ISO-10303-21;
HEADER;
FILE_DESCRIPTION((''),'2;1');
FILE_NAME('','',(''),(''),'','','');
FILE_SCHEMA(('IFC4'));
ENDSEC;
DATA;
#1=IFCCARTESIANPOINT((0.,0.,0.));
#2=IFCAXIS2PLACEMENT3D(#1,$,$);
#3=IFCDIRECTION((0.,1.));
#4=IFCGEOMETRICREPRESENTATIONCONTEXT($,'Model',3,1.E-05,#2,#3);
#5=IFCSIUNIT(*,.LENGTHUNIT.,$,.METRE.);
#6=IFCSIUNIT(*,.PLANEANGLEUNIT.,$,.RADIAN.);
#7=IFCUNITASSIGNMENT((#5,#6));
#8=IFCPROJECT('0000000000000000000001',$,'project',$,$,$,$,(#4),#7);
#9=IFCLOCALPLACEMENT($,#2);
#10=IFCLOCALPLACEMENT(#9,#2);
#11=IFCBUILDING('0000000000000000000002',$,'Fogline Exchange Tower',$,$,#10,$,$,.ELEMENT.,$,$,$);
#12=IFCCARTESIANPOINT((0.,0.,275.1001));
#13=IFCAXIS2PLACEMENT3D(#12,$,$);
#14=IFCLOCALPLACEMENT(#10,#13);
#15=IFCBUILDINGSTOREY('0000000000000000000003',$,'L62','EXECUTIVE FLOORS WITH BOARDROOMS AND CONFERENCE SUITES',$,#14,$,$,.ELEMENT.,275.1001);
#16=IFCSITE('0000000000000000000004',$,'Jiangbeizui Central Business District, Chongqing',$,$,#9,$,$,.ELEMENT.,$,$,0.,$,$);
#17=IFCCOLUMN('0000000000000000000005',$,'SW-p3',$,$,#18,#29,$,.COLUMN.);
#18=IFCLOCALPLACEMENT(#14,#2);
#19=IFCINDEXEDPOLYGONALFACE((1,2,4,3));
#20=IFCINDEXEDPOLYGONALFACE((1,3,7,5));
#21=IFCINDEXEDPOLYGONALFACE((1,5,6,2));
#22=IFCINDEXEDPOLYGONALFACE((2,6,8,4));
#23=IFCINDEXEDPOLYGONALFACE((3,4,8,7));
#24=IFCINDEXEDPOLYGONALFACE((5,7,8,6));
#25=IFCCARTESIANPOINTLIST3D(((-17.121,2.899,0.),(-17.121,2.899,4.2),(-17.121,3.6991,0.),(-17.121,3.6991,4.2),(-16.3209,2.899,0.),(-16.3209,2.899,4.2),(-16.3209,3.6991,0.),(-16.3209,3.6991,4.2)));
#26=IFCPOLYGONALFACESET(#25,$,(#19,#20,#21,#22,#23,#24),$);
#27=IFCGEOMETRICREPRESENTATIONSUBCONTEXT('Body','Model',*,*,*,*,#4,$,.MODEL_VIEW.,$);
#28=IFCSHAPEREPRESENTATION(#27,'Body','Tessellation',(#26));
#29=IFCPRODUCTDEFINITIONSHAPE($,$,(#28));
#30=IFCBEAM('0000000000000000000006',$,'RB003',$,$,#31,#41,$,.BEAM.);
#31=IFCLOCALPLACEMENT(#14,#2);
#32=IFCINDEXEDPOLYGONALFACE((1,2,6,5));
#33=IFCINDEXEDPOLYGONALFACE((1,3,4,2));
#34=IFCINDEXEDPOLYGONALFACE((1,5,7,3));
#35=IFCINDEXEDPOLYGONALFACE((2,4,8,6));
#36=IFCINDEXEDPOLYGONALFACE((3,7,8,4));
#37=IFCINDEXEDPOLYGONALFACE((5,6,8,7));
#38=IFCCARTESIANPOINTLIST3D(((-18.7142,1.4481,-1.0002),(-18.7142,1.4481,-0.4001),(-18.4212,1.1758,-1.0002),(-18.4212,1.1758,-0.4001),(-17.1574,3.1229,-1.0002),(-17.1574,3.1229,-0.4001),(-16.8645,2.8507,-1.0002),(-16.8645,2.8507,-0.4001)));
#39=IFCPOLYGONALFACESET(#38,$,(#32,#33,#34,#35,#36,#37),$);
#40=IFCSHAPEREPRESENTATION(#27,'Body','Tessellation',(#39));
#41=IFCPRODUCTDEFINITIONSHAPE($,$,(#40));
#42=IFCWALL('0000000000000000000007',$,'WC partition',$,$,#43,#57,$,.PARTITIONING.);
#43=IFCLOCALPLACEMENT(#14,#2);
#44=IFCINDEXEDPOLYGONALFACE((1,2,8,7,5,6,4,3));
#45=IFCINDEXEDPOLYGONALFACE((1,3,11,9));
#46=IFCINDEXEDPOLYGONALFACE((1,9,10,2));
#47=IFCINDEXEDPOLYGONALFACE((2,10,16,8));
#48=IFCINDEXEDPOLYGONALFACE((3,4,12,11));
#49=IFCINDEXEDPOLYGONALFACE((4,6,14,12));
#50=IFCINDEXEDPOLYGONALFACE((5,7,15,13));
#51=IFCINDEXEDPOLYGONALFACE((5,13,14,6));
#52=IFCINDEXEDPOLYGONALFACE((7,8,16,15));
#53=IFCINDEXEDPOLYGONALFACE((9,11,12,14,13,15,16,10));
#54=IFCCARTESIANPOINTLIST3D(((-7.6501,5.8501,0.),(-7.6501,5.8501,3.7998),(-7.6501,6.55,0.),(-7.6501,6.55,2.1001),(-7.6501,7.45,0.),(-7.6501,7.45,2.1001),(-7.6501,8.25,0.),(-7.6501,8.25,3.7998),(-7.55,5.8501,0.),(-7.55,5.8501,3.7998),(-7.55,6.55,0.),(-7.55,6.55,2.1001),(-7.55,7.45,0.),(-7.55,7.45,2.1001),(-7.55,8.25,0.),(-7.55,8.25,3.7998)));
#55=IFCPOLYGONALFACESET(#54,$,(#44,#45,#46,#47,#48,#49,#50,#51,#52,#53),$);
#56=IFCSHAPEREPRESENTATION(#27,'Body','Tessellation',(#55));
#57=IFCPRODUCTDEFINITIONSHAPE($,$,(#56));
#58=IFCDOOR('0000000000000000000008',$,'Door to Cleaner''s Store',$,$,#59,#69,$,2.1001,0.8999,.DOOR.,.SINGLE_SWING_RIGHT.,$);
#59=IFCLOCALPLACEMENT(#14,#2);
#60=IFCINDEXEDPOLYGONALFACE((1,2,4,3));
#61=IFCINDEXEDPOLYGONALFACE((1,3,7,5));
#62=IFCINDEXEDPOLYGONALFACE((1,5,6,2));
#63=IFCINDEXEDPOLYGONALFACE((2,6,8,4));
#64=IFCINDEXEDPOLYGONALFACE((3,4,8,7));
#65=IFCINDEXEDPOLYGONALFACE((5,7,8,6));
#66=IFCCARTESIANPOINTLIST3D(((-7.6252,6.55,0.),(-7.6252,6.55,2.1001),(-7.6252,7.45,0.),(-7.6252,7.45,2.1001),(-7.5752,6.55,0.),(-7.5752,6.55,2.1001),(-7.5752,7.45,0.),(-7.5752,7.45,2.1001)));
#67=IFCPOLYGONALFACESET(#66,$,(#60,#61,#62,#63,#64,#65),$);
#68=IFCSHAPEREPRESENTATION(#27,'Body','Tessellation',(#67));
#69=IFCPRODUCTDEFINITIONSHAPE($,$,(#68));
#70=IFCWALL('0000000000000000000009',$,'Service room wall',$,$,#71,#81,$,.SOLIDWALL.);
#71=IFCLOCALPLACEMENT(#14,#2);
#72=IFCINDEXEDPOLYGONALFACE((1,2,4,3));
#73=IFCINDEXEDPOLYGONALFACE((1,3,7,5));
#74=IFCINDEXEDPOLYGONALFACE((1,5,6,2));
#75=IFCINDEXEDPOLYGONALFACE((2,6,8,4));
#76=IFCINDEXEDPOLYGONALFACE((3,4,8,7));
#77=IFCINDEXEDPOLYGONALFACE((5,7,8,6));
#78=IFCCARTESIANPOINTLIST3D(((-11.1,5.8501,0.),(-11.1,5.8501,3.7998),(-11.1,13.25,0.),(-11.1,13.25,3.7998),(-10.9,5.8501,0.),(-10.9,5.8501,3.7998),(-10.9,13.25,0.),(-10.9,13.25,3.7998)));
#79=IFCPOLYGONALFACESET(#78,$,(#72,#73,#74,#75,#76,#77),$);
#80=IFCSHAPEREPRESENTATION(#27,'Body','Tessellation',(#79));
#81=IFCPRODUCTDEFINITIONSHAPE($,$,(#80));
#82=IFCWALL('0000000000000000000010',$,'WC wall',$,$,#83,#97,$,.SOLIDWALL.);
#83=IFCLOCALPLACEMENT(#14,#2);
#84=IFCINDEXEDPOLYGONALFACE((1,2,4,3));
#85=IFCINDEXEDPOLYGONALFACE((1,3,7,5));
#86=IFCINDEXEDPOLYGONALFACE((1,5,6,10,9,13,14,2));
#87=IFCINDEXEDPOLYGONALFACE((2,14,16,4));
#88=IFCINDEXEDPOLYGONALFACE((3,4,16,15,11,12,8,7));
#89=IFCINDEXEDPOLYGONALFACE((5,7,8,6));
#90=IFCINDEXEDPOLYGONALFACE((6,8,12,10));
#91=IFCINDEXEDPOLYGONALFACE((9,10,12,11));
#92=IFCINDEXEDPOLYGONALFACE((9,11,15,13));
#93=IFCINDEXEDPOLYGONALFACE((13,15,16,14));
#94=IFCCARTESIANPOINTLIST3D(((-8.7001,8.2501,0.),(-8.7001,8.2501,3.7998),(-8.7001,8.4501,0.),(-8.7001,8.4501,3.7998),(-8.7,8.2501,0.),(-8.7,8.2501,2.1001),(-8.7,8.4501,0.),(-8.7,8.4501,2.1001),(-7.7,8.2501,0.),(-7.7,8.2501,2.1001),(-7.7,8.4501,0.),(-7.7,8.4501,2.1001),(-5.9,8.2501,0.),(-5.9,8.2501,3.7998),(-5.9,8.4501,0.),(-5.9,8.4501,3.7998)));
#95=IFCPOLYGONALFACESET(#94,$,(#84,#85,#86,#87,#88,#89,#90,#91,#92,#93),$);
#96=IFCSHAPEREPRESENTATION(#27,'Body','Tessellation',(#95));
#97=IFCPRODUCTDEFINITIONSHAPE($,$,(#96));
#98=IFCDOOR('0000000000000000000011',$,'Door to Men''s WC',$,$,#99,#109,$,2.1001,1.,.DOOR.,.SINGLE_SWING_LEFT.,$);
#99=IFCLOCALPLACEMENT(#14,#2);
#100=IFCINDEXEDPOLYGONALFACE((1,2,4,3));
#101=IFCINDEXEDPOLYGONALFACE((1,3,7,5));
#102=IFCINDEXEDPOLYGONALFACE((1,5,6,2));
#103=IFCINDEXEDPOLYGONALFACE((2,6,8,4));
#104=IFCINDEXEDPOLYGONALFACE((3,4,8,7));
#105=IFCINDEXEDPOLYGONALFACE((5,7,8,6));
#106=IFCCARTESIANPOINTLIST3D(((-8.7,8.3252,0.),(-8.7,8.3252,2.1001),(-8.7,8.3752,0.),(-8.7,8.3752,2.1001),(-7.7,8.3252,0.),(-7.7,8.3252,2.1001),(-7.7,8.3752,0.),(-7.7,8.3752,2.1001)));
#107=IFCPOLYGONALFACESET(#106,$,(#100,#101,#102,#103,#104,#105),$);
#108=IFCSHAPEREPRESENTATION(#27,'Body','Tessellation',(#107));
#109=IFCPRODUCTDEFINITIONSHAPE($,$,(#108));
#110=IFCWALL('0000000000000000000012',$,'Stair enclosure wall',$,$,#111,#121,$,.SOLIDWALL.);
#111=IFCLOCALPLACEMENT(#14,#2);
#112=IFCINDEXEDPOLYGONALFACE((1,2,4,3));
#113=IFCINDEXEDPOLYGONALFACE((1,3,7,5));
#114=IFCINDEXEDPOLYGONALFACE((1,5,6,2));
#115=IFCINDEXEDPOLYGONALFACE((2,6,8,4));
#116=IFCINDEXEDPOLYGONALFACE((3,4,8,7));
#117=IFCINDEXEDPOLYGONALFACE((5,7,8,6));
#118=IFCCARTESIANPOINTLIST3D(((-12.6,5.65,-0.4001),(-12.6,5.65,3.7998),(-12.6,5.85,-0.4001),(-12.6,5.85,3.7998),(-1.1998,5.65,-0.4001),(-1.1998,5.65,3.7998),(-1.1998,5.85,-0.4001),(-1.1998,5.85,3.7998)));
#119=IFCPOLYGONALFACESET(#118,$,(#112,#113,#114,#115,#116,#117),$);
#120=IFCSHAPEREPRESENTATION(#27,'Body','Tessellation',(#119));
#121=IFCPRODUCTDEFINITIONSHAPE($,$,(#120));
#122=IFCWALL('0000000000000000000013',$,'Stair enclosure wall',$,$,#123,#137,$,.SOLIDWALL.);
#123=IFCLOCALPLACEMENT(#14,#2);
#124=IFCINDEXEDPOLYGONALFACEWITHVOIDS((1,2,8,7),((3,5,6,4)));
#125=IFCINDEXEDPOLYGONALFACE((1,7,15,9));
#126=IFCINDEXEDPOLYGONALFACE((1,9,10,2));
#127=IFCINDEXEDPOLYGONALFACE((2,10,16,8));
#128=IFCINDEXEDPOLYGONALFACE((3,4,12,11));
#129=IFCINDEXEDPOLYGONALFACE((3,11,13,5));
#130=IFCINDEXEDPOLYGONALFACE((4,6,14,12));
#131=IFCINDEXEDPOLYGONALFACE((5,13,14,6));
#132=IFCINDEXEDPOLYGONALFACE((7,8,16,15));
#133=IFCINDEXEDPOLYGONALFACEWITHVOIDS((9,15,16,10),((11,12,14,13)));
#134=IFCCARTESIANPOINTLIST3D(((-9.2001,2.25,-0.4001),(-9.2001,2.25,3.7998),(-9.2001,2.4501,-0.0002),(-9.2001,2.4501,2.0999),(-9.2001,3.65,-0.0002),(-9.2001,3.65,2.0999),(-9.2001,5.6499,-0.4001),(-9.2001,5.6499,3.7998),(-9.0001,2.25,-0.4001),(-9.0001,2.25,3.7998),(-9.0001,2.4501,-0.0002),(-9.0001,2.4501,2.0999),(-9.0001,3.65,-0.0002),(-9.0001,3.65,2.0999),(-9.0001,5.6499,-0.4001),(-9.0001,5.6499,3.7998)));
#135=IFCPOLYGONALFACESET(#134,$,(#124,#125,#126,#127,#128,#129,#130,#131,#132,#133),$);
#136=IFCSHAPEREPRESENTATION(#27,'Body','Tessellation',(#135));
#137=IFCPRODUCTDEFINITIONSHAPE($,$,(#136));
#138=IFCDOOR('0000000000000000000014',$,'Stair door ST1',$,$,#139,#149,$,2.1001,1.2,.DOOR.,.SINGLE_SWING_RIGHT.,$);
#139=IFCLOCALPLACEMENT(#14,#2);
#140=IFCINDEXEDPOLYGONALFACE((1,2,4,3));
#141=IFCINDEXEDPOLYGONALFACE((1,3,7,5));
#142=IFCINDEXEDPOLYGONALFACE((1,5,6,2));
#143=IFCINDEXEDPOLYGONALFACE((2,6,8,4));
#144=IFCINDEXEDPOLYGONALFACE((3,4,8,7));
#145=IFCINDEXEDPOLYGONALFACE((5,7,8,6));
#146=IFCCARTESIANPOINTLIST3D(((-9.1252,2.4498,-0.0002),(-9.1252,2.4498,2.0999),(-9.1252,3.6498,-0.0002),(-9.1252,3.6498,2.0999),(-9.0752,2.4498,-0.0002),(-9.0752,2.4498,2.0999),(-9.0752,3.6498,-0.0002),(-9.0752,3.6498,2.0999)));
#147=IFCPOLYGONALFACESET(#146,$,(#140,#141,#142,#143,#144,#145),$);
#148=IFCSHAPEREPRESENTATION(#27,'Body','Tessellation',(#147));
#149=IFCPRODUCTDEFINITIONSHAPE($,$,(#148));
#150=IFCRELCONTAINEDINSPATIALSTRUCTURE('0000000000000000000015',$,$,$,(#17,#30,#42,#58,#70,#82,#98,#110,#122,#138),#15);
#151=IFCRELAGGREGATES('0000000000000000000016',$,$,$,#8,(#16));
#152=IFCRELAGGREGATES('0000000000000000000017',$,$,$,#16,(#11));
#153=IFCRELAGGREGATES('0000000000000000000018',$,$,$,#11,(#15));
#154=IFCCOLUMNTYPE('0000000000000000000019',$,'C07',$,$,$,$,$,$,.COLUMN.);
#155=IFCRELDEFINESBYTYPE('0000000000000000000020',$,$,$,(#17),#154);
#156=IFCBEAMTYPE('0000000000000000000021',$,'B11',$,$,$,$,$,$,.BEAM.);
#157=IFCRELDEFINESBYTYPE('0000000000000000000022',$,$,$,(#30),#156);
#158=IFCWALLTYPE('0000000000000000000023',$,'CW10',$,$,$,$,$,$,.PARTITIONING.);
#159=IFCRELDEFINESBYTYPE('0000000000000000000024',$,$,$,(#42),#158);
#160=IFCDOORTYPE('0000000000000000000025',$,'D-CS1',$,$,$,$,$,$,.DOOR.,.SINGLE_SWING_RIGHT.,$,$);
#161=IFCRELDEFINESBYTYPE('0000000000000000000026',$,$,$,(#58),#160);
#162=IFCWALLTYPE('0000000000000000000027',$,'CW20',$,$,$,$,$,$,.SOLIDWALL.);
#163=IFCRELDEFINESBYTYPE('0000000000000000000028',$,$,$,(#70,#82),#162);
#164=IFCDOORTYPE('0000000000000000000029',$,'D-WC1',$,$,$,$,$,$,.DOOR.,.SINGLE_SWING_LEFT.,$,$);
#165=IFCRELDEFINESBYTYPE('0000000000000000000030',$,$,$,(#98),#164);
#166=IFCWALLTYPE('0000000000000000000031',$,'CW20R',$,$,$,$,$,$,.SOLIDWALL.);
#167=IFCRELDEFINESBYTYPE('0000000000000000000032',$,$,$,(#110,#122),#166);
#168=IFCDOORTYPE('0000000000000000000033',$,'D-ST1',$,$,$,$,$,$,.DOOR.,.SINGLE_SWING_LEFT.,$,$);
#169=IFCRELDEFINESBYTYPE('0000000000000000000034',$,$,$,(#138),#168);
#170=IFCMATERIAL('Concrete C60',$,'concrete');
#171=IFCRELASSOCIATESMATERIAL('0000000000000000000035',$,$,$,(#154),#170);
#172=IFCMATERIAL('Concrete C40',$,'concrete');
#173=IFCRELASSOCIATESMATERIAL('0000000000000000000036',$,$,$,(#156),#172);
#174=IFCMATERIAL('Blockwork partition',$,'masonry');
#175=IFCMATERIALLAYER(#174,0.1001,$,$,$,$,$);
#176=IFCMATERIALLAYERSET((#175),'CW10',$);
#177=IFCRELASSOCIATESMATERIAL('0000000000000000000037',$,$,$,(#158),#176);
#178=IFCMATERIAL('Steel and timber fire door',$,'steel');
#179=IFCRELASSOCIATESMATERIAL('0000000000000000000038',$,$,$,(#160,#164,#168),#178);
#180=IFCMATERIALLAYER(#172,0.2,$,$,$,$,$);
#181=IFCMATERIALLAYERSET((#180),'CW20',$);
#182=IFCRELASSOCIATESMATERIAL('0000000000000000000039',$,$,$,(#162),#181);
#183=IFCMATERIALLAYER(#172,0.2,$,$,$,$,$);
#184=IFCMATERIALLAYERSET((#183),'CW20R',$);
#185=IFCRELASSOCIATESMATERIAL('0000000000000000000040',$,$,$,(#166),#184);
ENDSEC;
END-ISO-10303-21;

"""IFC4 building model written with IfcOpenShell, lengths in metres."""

from ifc_helpers import new_model, si_unit, direction, frame, frame_2d, origin, origin_2d, place, context, subcontext, project, spatial, rectangle, extrude, material, layer, layer_set, material_profile, profile_set, type_object, element, fill, save


model = new_model("IFC4")

# Units and contexts
model_context = context("Model", 3, precision=1e-05, world=origin(), true_north=direction((0.0, 1.0)))
body_context = subcontext(model_context, "Body", "Model", "MODEL_VIEW")
ifc_project = project(units=[si_unit("LENGTHUNIT", "METRE"), si_unit("PLANEANGLEUNIT", "RADIAN")], contexts=[model_context])

# Site, building, storey
site_placement = place(None, origin())
site = spatial("IfcSite", under=ifc_project, at=site_placement, Name="Jiangbeizui Central Business District, Chongqing", CompositionType="ELEMENT", RefElevation=0.0)
building_placement = place(site_placement, origin())
building = spatial("IfcBuilding", under=site, at=building_placement, Name="Fogline Exchange Tower", CompositionType="ELEMENT")
storey_placement = place(building_placement, frame((0.0, 0.0, 275.1001)))
storey = spatial("IfcBuildingStorey", under=building, at=storey_placement, Name="L62", Description="EXECUTIVE FLOORS WITH BOARDROOMS AND CONFERENCE SUITES", CompositionType="ELEMENT", Elevation=275.1001)

# Column
ifc_material_1 = material(Name="Concrete C60", Category="concrete")
ifc_material_profile_1 = material_profile(ifc_material_1, rectangle(XDim=0.8, YDim=0.8, at=origin_2d()), Name="RC 800x800")
ifc_profile_set_1 = profile_set([ifc_material_profile_1], Name="Concrete C60")
column_type = type_object("IfcColumnType", Name="C07", PredefinedType="COLUMN", material=ifc_profile_set_1)
column_placement = place(storey_placement, frame((-16.7209, 3.2991, 0.0), z_axis=(0.0, 0.0, 1.0), x_axis=(1.0, 0.0, 0.0)))
element("IfcColumn", 1, at=column_placement, inside=storey, type_object=column_type, Name="SW-p3", PredefinedType="COLUMN", context=body_context, shape_type="SweptSolid", body=[
    extrude(rectangle(XDim=0.8, YDim=0.8, at=origin_2d()), origin(), (0.0, 0.0, 1.0), 4.2),
])

# Beam
ifc_material_2 = material(Name="Concrete C40", Category="concrete")
ifc_material_profile_2 = material_profile(ifc_material_2, rectangle(XDim=0.3999, YDim=0.6001, at=origin_2d()), Name="RC 400x600")
ifc_profile_set_2 = profile_set([ifc_material_profile_2], Name="Concrete C40")
beam_type = type_object("IfcBeamType", Name="B11", PredefinedType="BEAM", material=ifc_profile_set_2)
beam_placement = place(storey_placement, frame((-17.011, 2.9868, -0.7002), z_axis=(-0.680795, -0.732474, 0.0), x_axis=(0.732474, -0.680795, 0.0)))
element("IfcBeam", 2, at=beam_placement, inside=storey, type_object=beam_type, Name="RB003", PredefinedType="BEAM", context=body_context, shape_type="SweptSolid", body=[
    extrude(rectangle(XDim=0.3999, YDim=0.6001, at=origin_2d()), origin(), (0.0, 0.0, 1.0), 2.2866),
])

# Wall, opening, door
ifc_material_3 = material(Name="Blockwork partition", Category="masonry")
ifc_layer_1 = layer(ifc_material_3, 0.1001)
ifc_layer_set_1 = layer_set([ifc_layer_1], Name="CW10")
wall_type_1 = type_object("IfcWallType", Name="CW10", PredefinedType="PARTITIONING", material=ifc_layer_set_1)
wall_1_placement = place(storey_placement, frame((-7.6001, 5.8501, 0.0), z_axis=(0.0, 0.0, 1.0), x_axis=(0.0, 1.0, 0.0)))
wall_1 = element("IfcWall", 3, at=wall_1_placement, inside=storey, type_object=wall_type_1, Name="WC partition", PredefinedType="PARTITIONING", context=body_context, shape_type="SweptSolid", body=[
    extrude(rectangle(XDim=2.3999, YDim=0.1001, at=frame_2d((1.2, 0.0))), origin(), (0.0, 0.0, 1.0), 3.7998),
])
opening_1_placement = place(wall_1_placement, frame((0.7, 0.0, 0.0)))
opening_1 = element("IfcOpeningElement", 4, at=opening_1_placement, cuts=wall_1, PredefinedType="OPENING", context=body_context, shape_type="SweptSolid", body=[
    extrude(rectangle(XDim=0.8999, YDim=2.1001, at=frame_2d((0.45, 1.05))), frame((0.0, 0.0601, 0.0), z_axis=(0.0, -1.0, 0.0), x_axis=(1.0, 0.0, 0.0)), (0.0, 0.0, 1.0), 0.1201),
])
ifc_material_4 = material(Name="Steel and timber fire door", Category="steel")
door_type_1 = type_object("IfcDoorType", Name="D-CS1", OperationType="SINGLE_SWING_RIGHT", PredefinedType="DOOR", material=ifc_material_4)
door_1_placement = place(opening_1_placement, frame((0.8999, 0.0, 0.0), z_axis=(0.0, 0.0, 1.0), x_axis=(-1.0, 0.0, 0.0)))
door_1 = element("IfcDoor", 5, at=door_1_placement, inside=storey, type_object=door_type_1, Name="Door to Cleaner's Store", OperationType="SINGLE_SWING_RIGHT", OverallHeight=2.1001, OverallWidth=0.8999, PredefinedType="DOOR", context=body_context, shape_type="SweptSolid", body=[
    extrude(rectangle(XDim=0.8999, YDim=2.1001, at=frame_2d((0.45, 1.05))), frame((0.0, 0.0249, 0.0), z_axis=(0.0, -1.0, 0.0), x_axis=(1.0, 0.0, 0.0)), (0.0, 0.0, 1.0), 0.05),
])
fill(opening_1, door_1)

# Wall
ifc_layer_2 = layer(ifc_material_2, 0.2)
ifc_layer_set_2 = layer_set([ifc_layer_2], Name="CW20")
wall_type_2 = type_object("IfcWallType", Name="CW20", PredefinedType="SOLIDWALL", material=ifc_layer_set_2)
wall_2_placement = place(storey_placement, frame((-11.0, 5.8501, 0.0), z_axis=(0.0, 0.0, 1.0), x_axis=(0.0, 1.0, 0.0)))
element("IfcWall", 6, at=wall_2_placement, inside=storey, type_object=wall_type_2, Name="Service room wall", PredefinedType="SOLIDWALL", context=body_context, shape_type="SweptSolid", body=[
    extrude(rectangle(XDim=7.3999, YDim=0.2, at=frame_2d((3.7, 0.0))), origin(), (0.0, 0.0, 1.0), 3.7998),
])

# Wall, opening, door
wall_3_placement = place(storey_placement, frame((-8.7, 8.3501, 0.0), z_axis=(0.0, 0.0, 1.0), x_axis=(1.0, 0.0, 0.0)))
wall_3 = element("IfcWall", 7, at=wall_3_placement, inside=storey, type_object=wall_type_2, Name="WC wall", PredefinedType="SOLIDWALL", context=body_context, shape_type="SweptSolid", body=[
    extrude(rectangle(XDim=2.8, YDim=0.2, at=frame_2d((1.3999, 0.0))), origin(), (0.0, 0.0, 1.0), 3.7998),
])
opening_2_placement = place(wall_3_placement, origin())
opening_2 = element("IfcOpeningElement", 8, at=opening_2_placement, cuts=wall_3, PredefinedType="OPENING", context=body_context, shape_type="SweptSolid", body=[
    extrude(rectangle(XDim=1.0, YDim=2.1001, at=frame_2d((0.5, 1.05))), frame((0.0, 0.1099, 0.0), z_axis=(0.0, -1.0, 0.0), x_axis=(1.0, 0.0, 0.0)), (0.0, 0.0, 1.0), 0.22),
])
door_type_2 = type_object("IfcDoorType", Name="D-WC1", OperationType="SINGLE_SWING_LEFT", PredefinedType="DOOR", material=ifc_material_4)
door_2_placement = place(opening_2_placement, frame((1.0, 0.0, 0.0), z_axis=(0.0, 0.0, 1.0), x_axis=(-1.0, 0.0, 0.0)))
door_2 = element("IfcDoor", 9, at=door_2_placement, inside=storey, type_object=door_type_2, Name="Door to Men's WC", OperationType="SINGLE_SWING_LEFT", OverallHeight=2.1001, OverallWidth=1.0, PredefinedType="DOOR", context=body_context, shape_type="SweptSolid", body=[
    extrude(rectangle(XDim=1.0, YDim=2.1001, at=frame_2d((0.5, 1.05))), frame((0.0, 0.0249, 0.0), z_axis=(0.0, -1.0, 0.0), x_axis=(1.0, 0.0, 0.0)), (0.0, 0.0, 1.0), 0.05),
])
fill(opening_2, door_2)

# Wall
ifc_layer_3 = layer(ifc_material_2, 0.2)
ifc_layer_set_3 = layer_set([ifc_layer_3], Name="CW20R")
wall_type_3 = type_object("IfcWallType", Name="CW20R", PredefinedType="SOLIDWALL", material=ifc_layer_set_3)
wall_4_placement = place(storey_placement, frame((-12.6001, 5.75, -0.4001), z_axis=(0.0, 0.0, 1.0), x_axis=(1.0, 0.0, 0.0)))
element("IfcWall", 10, at=wall_4_placement, inside=storey, type_object=wall_type_3, Name="Stair enclosure wall", PredefinedType="SOLIDWALL", context=body_context, shape_type="SweptSolid", body=[
    extrude(rectangle(XDim=11.4001, YDim=0.2, at=frame_2d((5.7002, 0.0))), origin(), (0.0, 0.0, 1.0), 4.2),
])

# Wall, opening, door
wall_5_placement = place(storey_placement, frame((-9.1001, 2.25, -0.4001), z_axis=(0.0, 0.0, 1.0), x_axis=(0.0, 1.0, 0.0)))
wall_5 = element("IfcWall", 11, at=wall_5_placement, inside=storey, type_object=wall_type_3, Name="Stair enclosure wall", PredefinedType="SOLIDWALL", context=body_context, shape_type="SweptSolid", body=[
    extrude(rectangle(XDim=3.3999, YDim=0.2, at=frame_2d((1.7, 0.0))), origin(), (0.0, 0.0, 1.0), 4.2),
])
opening_3_placement = place(wall_5_placement, frame((0.2, 0.0, 0.3999)))
opening_3 = element("IfcOpeningElement", 12, at=opening_3_placement, cuts=wall_5, PredefinedType="OPENING", context=body_context, shape_type="SweptSolid", body=[
    extrude(rectangle(XDim=1.2, YDim=2.1001, at=frame_2d((0.6001, 1.05))), frame((0.0, 0.1099, 0.0), z_axis=(0.0, -1.0, 0.0), x_axis=(1.0, 0.0, 0.0)), (0.0, 0.0, 1.0), 0.22),
])
door_type_3 = type_object("IfcDoorType", Name="D-ST1", OperationType="SINGLE_SWING_LEFT", PredefinedType="DOOR", material=ifc_material_4)
door_3_placement = place(opening_3_placement, frame((1.2, 0.0, 0.0), z_axis=(0.0, 0.0, 1.0), x_axis=(-1.0, 0.0, 0.0)))
door_3 = element("IfcDoor", 13, at=door_3_placement, inside=storey, type_object=door_type_3, Name="Stair door ST1", OperationType="SINGLE_SWING_RIGHT", OverallHeight=2.1001, OverallWidth=1.2, PredefinedType="DOOR", context=body_context, shape_type="SweptSolid", body=[
    extrude(rectangle(XDim=1.2, YDim=2.1001, at=frame_2d((0.6001, 1.05))), frame((0.0, 0.0249, 0.0), z_axis=(0.0, -1.0, 0.0), x_axis=(1.0, 0.0, 0.0)), (0.0, 0.0, 1.0), 0.05),
])
fill(opening_3, door_3)

save(model, "model.ifc")
